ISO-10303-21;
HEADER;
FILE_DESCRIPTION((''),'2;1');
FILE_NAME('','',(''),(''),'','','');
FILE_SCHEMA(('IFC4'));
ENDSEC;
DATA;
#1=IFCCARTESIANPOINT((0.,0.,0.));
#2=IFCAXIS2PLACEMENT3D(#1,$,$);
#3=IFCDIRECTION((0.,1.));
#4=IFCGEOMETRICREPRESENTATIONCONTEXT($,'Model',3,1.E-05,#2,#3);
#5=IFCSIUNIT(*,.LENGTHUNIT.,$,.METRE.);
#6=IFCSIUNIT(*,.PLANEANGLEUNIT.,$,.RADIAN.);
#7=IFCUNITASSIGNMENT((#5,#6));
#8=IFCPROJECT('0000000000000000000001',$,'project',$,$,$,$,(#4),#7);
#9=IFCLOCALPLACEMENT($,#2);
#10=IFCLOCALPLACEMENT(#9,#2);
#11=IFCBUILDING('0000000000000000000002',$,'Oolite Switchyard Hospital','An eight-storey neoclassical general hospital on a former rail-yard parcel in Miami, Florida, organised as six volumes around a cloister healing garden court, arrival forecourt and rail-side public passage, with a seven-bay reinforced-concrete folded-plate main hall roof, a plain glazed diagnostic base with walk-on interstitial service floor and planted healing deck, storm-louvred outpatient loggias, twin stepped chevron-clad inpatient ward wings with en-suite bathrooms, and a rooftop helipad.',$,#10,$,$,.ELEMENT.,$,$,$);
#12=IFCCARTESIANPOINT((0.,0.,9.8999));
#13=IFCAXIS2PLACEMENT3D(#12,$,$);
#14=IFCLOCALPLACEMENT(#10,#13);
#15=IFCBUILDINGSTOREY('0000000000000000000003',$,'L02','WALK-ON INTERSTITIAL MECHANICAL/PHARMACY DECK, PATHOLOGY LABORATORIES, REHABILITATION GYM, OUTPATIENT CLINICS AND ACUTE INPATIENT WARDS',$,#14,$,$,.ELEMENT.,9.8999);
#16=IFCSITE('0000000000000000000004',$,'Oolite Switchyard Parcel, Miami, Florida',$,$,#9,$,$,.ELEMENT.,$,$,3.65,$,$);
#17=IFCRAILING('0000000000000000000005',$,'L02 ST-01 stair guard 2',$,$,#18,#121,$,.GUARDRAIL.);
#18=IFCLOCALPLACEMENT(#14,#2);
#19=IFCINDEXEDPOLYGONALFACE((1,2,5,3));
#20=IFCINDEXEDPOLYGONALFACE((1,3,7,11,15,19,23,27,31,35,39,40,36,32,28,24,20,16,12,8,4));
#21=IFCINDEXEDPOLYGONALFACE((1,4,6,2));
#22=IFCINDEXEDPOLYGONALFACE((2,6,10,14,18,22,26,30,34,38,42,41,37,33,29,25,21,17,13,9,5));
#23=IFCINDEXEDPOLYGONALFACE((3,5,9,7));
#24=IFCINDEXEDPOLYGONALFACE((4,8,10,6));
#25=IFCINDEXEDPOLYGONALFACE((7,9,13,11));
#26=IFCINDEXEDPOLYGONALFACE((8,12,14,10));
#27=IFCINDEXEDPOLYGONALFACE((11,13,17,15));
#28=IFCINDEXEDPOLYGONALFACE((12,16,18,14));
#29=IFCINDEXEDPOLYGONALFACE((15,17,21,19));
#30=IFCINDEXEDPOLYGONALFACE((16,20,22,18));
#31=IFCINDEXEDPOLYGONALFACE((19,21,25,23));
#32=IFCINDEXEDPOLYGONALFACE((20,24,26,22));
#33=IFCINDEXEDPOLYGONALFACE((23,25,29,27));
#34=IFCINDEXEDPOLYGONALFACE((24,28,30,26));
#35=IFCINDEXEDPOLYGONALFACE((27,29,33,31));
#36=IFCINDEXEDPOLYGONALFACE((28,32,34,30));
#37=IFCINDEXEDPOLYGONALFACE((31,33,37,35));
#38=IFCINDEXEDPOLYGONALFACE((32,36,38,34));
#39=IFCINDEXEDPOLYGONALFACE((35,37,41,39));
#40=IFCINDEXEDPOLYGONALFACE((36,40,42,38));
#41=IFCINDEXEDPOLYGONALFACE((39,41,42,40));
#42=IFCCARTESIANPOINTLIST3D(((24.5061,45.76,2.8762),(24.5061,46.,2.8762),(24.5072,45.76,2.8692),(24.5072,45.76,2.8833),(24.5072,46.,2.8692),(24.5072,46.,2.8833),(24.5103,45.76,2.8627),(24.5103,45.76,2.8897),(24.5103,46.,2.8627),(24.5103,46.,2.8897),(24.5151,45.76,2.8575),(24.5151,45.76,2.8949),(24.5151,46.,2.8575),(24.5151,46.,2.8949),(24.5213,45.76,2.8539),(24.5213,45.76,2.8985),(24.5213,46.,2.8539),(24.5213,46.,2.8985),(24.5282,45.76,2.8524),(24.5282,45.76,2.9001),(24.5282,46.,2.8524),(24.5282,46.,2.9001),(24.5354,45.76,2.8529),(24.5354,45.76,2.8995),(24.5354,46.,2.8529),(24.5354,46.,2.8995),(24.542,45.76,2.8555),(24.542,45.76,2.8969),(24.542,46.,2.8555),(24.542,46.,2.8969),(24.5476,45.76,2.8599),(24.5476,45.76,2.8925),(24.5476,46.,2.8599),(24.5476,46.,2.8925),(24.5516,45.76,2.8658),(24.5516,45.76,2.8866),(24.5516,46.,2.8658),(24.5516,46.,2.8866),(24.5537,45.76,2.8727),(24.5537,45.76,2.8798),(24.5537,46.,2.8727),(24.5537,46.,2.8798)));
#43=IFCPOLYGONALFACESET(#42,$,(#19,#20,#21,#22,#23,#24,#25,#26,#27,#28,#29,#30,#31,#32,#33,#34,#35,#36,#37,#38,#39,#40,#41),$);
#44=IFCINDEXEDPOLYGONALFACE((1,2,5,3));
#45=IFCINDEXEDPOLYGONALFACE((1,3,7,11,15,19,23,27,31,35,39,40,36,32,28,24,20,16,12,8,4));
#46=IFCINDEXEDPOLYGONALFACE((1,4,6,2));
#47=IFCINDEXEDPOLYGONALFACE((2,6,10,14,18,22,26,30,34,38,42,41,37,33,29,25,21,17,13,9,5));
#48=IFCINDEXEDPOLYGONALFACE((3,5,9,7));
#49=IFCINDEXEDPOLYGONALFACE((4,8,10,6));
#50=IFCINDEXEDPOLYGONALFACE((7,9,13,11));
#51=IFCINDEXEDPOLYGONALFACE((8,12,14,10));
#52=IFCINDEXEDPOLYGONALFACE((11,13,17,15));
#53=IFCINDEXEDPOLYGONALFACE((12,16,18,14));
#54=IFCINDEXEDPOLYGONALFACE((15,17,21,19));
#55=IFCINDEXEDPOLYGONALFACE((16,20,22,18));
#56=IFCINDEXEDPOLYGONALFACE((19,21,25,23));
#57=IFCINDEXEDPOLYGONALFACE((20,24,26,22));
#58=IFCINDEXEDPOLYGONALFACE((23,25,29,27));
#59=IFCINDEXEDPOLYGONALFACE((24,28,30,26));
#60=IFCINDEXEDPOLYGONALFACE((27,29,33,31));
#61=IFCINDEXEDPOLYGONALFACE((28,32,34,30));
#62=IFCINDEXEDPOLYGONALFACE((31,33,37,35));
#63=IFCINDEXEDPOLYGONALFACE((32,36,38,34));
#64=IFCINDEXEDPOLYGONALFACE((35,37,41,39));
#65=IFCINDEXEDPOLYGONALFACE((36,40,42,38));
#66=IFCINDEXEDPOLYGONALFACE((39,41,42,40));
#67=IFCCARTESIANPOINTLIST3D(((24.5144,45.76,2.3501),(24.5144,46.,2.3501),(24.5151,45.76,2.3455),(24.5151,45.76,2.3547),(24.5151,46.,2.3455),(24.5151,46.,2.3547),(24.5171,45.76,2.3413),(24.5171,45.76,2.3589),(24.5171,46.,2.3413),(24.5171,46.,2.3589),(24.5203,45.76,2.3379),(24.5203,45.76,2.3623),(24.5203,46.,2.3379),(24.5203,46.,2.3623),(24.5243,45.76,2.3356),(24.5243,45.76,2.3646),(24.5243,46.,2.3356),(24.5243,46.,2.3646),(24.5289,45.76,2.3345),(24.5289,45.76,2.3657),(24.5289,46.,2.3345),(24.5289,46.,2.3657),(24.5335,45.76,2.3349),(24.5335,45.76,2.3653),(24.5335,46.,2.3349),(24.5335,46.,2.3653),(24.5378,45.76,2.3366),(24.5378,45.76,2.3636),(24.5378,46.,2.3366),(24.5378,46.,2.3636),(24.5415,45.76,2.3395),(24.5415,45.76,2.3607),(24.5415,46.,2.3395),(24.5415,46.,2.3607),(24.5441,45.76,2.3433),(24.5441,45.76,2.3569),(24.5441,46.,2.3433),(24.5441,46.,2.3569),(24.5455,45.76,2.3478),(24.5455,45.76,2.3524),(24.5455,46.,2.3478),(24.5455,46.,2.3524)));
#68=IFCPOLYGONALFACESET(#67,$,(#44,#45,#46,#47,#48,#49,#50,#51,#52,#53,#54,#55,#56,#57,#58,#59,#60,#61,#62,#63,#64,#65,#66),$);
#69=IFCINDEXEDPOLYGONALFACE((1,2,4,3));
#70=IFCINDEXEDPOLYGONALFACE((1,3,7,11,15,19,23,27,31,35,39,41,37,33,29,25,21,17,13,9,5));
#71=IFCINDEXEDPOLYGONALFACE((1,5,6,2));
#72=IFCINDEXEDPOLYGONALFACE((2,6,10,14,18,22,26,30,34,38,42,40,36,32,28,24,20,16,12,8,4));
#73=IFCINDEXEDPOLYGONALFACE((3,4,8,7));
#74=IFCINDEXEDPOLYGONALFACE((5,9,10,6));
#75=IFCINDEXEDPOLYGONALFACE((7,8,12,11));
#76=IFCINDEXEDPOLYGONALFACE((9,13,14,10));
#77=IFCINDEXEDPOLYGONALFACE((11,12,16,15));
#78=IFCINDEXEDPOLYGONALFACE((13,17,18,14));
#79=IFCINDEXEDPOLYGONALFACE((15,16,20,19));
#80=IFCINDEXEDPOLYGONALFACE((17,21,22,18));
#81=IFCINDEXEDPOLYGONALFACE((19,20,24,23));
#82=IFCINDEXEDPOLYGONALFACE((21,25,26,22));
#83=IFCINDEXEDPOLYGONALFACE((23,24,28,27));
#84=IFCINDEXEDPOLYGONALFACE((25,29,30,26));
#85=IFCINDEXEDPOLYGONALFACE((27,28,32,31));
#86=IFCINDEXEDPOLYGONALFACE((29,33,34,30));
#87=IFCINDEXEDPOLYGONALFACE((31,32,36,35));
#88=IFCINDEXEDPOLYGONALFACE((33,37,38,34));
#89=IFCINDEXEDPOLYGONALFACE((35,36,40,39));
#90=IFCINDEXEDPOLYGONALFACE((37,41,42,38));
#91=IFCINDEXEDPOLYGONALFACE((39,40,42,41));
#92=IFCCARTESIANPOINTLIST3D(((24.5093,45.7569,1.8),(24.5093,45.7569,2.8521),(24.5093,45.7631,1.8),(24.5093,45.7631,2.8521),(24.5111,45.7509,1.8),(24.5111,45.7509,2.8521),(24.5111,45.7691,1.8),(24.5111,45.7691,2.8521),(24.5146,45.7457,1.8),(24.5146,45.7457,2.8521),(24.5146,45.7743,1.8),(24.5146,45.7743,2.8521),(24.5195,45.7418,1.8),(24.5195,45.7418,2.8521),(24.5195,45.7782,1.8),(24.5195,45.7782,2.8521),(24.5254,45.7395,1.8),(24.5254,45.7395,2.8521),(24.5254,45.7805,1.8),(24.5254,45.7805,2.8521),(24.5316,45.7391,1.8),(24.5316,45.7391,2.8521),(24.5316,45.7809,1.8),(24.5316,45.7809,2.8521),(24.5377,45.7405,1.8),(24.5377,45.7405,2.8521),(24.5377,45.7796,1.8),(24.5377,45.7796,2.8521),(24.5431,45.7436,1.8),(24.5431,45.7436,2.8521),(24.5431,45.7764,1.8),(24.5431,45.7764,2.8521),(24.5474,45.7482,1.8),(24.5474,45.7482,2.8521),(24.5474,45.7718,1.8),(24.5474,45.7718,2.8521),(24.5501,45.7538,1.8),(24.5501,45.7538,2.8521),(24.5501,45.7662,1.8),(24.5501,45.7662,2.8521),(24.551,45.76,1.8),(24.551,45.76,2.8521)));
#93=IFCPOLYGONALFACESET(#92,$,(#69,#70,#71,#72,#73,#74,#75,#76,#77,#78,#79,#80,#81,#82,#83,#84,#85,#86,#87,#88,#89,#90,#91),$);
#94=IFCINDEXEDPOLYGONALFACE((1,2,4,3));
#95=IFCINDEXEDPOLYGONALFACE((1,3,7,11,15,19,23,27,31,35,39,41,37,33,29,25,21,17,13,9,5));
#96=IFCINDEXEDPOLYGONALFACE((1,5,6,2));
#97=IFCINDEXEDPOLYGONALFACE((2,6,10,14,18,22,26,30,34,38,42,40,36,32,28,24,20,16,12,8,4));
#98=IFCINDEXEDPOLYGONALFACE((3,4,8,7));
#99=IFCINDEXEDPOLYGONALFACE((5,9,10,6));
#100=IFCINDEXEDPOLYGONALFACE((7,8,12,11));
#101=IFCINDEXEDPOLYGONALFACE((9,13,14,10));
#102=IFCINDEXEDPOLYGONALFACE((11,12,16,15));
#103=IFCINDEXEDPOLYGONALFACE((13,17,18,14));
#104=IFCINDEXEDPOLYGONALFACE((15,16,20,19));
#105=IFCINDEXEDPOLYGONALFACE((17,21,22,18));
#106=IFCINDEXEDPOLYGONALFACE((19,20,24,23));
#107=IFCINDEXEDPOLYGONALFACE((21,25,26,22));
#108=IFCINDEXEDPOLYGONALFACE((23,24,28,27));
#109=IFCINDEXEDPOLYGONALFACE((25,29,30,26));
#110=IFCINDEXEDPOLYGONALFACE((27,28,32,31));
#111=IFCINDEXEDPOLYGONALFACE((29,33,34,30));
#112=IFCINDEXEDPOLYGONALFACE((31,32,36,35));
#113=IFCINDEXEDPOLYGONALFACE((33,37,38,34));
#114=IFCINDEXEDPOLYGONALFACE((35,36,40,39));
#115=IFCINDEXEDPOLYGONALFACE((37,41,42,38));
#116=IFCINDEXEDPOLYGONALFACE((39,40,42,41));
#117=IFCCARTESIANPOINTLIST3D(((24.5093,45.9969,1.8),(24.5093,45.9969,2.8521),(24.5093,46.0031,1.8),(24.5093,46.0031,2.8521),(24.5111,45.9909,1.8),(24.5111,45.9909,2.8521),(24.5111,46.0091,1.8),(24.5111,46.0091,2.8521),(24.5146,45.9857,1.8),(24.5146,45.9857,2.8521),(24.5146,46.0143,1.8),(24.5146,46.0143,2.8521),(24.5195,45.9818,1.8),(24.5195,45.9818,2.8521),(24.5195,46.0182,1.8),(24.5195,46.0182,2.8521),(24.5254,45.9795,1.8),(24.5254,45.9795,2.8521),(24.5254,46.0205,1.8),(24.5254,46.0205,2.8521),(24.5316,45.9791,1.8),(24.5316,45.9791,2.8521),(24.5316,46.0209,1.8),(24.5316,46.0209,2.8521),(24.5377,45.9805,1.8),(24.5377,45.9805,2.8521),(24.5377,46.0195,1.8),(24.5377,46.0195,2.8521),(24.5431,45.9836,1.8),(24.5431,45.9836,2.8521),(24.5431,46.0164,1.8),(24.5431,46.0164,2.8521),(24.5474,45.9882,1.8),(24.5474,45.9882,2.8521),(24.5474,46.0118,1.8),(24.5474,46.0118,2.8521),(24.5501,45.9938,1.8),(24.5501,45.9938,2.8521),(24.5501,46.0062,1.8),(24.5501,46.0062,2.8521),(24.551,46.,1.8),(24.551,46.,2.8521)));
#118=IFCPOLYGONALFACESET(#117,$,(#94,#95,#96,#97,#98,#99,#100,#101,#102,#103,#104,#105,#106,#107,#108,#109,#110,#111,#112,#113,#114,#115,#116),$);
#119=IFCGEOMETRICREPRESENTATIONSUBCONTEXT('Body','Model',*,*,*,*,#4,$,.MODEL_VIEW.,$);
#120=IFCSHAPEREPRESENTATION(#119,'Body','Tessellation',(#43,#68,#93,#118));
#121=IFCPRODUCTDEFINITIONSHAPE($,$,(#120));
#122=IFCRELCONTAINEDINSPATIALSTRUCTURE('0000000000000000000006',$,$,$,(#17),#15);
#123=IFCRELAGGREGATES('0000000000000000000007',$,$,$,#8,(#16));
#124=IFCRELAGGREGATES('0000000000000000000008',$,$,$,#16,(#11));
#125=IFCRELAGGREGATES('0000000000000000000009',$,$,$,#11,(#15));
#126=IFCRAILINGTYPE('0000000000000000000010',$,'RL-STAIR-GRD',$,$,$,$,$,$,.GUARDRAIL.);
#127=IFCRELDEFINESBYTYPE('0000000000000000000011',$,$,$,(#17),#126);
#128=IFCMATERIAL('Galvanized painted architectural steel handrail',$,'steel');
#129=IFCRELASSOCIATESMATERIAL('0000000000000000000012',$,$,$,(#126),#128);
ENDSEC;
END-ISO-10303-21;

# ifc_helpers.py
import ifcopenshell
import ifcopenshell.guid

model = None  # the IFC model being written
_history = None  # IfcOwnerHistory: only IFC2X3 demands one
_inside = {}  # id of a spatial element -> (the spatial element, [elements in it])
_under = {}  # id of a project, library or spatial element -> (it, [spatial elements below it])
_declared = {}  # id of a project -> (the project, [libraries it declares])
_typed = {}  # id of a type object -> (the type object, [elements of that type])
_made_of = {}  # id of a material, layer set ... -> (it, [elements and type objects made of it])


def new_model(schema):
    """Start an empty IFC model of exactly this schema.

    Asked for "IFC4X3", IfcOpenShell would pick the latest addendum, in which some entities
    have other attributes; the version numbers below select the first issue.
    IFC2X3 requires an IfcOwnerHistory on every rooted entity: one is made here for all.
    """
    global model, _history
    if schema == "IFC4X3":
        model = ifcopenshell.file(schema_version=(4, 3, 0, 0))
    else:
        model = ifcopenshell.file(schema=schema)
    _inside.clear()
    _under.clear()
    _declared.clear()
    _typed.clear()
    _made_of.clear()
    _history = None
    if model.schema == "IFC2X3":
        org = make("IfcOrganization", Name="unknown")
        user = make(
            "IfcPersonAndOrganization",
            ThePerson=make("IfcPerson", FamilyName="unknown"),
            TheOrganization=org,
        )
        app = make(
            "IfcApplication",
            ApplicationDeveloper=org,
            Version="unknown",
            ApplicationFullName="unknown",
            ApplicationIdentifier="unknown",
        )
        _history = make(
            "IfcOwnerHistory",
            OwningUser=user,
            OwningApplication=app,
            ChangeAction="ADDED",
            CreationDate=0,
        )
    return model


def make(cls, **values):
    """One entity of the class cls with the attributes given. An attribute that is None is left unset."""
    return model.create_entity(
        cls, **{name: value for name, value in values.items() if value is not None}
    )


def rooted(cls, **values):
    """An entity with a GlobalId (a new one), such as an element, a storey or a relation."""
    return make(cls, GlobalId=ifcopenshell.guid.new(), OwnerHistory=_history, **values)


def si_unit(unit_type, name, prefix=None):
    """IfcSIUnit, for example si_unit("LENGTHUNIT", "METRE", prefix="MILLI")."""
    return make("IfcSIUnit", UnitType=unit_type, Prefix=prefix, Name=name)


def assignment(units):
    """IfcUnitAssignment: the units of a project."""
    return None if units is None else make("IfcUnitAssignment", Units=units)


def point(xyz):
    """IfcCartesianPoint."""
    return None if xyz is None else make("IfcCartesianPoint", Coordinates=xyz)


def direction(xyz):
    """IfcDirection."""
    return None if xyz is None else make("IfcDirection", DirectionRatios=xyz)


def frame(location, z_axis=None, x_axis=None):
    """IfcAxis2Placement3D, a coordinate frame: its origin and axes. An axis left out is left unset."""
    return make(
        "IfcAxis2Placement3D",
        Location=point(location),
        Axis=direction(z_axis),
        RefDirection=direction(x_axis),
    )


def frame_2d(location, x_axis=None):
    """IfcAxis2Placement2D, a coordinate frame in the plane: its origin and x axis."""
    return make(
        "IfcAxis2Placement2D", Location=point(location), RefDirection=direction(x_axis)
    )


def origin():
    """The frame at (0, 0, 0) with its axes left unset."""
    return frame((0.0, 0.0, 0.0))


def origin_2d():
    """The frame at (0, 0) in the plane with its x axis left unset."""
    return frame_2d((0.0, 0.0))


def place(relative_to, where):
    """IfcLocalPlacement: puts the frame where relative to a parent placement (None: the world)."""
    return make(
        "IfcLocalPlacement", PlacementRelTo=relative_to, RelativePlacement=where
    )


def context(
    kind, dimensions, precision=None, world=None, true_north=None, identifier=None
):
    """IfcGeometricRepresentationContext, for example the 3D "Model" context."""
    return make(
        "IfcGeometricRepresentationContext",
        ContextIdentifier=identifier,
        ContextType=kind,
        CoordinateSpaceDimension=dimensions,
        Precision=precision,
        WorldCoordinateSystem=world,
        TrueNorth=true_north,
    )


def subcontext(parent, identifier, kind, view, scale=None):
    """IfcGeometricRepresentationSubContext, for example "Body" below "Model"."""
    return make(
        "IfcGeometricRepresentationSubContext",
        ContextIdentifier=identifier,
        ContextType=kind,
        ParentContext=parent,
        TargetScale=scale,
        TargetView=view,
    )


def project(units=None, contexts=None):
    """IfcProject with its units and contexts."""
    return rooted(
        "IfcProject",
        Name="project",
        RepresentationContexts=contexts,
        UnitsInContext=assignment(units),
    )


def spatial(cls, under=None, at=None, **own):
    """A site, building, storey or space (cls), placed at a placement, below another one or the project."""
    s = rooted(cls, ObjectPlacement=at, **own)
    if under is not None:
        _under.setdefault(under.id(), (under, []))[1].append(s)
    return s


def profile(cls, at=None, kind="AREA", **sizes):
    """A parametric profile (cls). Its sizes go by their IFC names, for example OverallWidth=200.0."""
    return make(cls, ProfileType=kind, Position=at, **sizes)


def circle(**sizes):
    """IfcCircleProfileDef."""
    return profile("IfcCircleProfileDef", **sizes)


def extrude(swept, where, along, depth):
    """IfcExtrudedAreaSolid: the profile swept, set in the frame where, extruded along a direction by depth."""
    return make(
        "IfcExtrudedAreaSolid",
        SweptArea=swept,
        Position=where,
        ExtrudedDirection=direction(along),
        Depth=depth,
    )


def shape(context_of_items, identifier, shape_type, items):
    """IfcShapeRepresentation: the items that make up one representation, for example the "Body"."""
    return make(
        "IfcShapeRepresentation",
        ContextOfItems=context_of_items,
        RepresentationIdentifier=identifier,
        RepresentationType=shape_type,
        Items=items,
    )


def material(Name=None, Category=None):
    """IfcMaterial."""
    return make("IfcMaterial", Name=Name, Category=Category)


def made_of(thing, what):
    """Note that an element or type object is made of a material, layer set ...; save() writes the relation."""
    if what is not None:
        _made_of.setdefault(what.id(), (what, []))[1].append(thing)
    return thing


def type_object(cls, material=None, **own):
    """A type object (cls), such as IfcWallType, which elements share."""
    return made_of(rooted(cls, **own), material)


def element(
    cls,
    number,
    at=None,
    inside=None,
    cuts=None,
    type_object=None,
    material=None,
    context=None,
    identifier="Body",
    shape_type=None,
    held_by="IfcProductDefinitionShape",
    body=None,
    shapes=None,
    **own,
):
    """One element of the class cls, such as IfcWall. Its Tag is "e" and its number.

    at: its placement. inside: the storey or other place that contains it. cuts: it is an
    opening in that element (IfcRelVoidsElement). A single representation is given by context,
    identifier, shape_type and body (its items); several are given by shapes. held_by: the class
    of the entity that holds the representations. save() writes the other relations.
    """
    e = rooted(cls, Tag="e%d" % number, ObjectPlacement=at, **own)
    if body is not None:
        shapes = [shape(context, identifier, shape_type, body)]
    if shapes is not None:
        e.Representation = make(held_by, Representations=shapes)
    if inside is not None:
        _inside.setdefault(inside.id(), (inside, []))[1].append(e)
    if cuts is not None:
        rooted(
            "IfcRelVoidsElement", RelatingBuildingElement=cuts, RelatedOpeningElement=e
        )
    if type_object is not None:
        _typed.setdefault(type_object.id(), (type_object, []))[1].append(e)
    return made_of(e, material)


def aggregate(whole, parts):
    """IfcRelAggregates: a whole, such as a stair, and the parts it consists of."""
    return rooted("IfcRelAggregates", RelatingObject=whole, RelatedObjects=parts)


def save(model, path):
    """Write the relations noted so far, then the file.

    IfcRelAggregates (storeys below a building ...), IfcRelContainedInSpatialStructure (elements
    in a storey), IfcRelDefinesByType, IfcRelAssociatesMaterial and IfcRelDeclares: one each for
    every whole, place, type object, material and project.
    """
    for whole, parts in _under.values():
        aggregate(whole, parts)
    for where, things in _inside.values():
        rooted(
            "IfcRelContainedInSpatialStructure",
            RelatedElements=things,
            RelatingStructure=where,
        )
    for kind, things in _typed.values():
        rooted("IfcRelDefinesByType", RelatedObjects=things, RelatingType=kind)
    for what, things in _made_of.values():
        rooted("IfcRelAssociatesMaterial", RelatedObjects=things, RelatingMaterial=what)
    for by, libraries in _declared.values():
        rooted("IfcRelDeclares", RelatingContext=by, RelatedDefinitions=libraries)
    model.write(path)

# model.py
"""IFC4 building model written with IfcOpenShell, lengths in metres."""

from ifc_helpers import new_model, si_unit, direction, frame, origin, origin_2d, place, context, subcontext, project, spatial, circle, extrude, material, type_object, element, save


model = new_model("IFC4")

# Units and contexts
model_context = context("Model", 3, precision=1e-05, world=origin(), true_north=direction((0.0, 1.0)))
body_context = subcontext(model_context, "Body", "Model", "MODEL_VIEW")
ifc_project = project(units=[si_unit("LENGTHUNIT", "METRE"), si_unit("PLANEANGLEUNIT", "RADIAN")], contexts=[model_context])

# Site, building, storey
site_placement = place(None, origin())
site = spatial("IfcSite", under=ifc_project, at=site_placement, Name="Oolite Switchyard Parcel, Miami, Florida", CompositionType="ELEMENT", RefElevation=3.65)
building_placement = place(site_placement, origin())
building = spatial("IfcBuilding", under=site, at=building_placement, Name="Oolite Switchyard Hospital", Description="An eight-storey neoclassical general hospital on a former rail-yard parcel in Miami, Florida, organised as six volumes around a cloister healing garden court, arrival forecourt and rail-side public passage, with a seven-bay reinforced-concrete folded-plate main hall roof, a plain glazed diagnostic base with walk-on interstitial service floor and planted healing deck, storm-louvred outpatient loggias, twin stepped chevron-clad inpatient ward wings with en-suite bathrooms, and a rooftop helipad.", CompositionType="ELEMENT")
storey_placement = place(building_placement, frame((0.0, 0.0, 9.8999)))
storey = spatial("IfcBuildingStorey", under=building, at=storey_placement, Name="L02", Description="WALK-ON INTERSTITIAL MECHANICAL/PHARMACY DECK, PATHOLOGY LABORATORIES, REHABILITATION GYM, OUTPATIENT CLINICS AND ACUTE INPATIENT WARDS", CompositionType="ELEMENT", Elevation=9.8999)

# Railing
ifc_material_1 = material(Name="Galvanized painted architectural steel handrail", Category="steel")
railing_type_1 = type_object("IfcRailingType", Name="RL-STAIR-GRD", PredefinedType="GUARDRAIL", material=ifc_material_1)
railing_1_placement = place(storey_placement, frame((24.53, 45.76, 1.8)))
element("IfcRailing", 1, at=railing_1_placement, inside=storey, type_object=railing_type_1, Name="L02 ST-01 stair guard 2", PredefinedType="GUARDRAIL", context=body_context, shape_type="SweptSolid", body=[
    extrude(circle(Radius=0.0239, at=origin_2d()), frame((0.0, 0.0, 1.0762), z_axis=(0.0, 1.0, 0.0), x_axis=(-1.0, 0.0, 0.0)), (0.0, 0.0, 1.0), 0.24),
    extrude(circle(Radius=0.0156, at=origin_2d()), frame((0.0, 0.0, 0.55), z_axis=(0.0, 1.0, 0.0), x_axis=(-1.0, 0.0, 0.0)), (0.0, 0.0, 1.0), 0.24),
    extrude(circle(Radius=0.021, at=origin_2d()), origin(), (0.0, 0.0, 1.0), 1.052),
    extrude(circle(Radius=0.021, at=origin_2d()), frame((0.0, 0.24, 0.0)), (0.0, 0.0, 1.0), 1.052),
])

save(model, "model.ifc")
